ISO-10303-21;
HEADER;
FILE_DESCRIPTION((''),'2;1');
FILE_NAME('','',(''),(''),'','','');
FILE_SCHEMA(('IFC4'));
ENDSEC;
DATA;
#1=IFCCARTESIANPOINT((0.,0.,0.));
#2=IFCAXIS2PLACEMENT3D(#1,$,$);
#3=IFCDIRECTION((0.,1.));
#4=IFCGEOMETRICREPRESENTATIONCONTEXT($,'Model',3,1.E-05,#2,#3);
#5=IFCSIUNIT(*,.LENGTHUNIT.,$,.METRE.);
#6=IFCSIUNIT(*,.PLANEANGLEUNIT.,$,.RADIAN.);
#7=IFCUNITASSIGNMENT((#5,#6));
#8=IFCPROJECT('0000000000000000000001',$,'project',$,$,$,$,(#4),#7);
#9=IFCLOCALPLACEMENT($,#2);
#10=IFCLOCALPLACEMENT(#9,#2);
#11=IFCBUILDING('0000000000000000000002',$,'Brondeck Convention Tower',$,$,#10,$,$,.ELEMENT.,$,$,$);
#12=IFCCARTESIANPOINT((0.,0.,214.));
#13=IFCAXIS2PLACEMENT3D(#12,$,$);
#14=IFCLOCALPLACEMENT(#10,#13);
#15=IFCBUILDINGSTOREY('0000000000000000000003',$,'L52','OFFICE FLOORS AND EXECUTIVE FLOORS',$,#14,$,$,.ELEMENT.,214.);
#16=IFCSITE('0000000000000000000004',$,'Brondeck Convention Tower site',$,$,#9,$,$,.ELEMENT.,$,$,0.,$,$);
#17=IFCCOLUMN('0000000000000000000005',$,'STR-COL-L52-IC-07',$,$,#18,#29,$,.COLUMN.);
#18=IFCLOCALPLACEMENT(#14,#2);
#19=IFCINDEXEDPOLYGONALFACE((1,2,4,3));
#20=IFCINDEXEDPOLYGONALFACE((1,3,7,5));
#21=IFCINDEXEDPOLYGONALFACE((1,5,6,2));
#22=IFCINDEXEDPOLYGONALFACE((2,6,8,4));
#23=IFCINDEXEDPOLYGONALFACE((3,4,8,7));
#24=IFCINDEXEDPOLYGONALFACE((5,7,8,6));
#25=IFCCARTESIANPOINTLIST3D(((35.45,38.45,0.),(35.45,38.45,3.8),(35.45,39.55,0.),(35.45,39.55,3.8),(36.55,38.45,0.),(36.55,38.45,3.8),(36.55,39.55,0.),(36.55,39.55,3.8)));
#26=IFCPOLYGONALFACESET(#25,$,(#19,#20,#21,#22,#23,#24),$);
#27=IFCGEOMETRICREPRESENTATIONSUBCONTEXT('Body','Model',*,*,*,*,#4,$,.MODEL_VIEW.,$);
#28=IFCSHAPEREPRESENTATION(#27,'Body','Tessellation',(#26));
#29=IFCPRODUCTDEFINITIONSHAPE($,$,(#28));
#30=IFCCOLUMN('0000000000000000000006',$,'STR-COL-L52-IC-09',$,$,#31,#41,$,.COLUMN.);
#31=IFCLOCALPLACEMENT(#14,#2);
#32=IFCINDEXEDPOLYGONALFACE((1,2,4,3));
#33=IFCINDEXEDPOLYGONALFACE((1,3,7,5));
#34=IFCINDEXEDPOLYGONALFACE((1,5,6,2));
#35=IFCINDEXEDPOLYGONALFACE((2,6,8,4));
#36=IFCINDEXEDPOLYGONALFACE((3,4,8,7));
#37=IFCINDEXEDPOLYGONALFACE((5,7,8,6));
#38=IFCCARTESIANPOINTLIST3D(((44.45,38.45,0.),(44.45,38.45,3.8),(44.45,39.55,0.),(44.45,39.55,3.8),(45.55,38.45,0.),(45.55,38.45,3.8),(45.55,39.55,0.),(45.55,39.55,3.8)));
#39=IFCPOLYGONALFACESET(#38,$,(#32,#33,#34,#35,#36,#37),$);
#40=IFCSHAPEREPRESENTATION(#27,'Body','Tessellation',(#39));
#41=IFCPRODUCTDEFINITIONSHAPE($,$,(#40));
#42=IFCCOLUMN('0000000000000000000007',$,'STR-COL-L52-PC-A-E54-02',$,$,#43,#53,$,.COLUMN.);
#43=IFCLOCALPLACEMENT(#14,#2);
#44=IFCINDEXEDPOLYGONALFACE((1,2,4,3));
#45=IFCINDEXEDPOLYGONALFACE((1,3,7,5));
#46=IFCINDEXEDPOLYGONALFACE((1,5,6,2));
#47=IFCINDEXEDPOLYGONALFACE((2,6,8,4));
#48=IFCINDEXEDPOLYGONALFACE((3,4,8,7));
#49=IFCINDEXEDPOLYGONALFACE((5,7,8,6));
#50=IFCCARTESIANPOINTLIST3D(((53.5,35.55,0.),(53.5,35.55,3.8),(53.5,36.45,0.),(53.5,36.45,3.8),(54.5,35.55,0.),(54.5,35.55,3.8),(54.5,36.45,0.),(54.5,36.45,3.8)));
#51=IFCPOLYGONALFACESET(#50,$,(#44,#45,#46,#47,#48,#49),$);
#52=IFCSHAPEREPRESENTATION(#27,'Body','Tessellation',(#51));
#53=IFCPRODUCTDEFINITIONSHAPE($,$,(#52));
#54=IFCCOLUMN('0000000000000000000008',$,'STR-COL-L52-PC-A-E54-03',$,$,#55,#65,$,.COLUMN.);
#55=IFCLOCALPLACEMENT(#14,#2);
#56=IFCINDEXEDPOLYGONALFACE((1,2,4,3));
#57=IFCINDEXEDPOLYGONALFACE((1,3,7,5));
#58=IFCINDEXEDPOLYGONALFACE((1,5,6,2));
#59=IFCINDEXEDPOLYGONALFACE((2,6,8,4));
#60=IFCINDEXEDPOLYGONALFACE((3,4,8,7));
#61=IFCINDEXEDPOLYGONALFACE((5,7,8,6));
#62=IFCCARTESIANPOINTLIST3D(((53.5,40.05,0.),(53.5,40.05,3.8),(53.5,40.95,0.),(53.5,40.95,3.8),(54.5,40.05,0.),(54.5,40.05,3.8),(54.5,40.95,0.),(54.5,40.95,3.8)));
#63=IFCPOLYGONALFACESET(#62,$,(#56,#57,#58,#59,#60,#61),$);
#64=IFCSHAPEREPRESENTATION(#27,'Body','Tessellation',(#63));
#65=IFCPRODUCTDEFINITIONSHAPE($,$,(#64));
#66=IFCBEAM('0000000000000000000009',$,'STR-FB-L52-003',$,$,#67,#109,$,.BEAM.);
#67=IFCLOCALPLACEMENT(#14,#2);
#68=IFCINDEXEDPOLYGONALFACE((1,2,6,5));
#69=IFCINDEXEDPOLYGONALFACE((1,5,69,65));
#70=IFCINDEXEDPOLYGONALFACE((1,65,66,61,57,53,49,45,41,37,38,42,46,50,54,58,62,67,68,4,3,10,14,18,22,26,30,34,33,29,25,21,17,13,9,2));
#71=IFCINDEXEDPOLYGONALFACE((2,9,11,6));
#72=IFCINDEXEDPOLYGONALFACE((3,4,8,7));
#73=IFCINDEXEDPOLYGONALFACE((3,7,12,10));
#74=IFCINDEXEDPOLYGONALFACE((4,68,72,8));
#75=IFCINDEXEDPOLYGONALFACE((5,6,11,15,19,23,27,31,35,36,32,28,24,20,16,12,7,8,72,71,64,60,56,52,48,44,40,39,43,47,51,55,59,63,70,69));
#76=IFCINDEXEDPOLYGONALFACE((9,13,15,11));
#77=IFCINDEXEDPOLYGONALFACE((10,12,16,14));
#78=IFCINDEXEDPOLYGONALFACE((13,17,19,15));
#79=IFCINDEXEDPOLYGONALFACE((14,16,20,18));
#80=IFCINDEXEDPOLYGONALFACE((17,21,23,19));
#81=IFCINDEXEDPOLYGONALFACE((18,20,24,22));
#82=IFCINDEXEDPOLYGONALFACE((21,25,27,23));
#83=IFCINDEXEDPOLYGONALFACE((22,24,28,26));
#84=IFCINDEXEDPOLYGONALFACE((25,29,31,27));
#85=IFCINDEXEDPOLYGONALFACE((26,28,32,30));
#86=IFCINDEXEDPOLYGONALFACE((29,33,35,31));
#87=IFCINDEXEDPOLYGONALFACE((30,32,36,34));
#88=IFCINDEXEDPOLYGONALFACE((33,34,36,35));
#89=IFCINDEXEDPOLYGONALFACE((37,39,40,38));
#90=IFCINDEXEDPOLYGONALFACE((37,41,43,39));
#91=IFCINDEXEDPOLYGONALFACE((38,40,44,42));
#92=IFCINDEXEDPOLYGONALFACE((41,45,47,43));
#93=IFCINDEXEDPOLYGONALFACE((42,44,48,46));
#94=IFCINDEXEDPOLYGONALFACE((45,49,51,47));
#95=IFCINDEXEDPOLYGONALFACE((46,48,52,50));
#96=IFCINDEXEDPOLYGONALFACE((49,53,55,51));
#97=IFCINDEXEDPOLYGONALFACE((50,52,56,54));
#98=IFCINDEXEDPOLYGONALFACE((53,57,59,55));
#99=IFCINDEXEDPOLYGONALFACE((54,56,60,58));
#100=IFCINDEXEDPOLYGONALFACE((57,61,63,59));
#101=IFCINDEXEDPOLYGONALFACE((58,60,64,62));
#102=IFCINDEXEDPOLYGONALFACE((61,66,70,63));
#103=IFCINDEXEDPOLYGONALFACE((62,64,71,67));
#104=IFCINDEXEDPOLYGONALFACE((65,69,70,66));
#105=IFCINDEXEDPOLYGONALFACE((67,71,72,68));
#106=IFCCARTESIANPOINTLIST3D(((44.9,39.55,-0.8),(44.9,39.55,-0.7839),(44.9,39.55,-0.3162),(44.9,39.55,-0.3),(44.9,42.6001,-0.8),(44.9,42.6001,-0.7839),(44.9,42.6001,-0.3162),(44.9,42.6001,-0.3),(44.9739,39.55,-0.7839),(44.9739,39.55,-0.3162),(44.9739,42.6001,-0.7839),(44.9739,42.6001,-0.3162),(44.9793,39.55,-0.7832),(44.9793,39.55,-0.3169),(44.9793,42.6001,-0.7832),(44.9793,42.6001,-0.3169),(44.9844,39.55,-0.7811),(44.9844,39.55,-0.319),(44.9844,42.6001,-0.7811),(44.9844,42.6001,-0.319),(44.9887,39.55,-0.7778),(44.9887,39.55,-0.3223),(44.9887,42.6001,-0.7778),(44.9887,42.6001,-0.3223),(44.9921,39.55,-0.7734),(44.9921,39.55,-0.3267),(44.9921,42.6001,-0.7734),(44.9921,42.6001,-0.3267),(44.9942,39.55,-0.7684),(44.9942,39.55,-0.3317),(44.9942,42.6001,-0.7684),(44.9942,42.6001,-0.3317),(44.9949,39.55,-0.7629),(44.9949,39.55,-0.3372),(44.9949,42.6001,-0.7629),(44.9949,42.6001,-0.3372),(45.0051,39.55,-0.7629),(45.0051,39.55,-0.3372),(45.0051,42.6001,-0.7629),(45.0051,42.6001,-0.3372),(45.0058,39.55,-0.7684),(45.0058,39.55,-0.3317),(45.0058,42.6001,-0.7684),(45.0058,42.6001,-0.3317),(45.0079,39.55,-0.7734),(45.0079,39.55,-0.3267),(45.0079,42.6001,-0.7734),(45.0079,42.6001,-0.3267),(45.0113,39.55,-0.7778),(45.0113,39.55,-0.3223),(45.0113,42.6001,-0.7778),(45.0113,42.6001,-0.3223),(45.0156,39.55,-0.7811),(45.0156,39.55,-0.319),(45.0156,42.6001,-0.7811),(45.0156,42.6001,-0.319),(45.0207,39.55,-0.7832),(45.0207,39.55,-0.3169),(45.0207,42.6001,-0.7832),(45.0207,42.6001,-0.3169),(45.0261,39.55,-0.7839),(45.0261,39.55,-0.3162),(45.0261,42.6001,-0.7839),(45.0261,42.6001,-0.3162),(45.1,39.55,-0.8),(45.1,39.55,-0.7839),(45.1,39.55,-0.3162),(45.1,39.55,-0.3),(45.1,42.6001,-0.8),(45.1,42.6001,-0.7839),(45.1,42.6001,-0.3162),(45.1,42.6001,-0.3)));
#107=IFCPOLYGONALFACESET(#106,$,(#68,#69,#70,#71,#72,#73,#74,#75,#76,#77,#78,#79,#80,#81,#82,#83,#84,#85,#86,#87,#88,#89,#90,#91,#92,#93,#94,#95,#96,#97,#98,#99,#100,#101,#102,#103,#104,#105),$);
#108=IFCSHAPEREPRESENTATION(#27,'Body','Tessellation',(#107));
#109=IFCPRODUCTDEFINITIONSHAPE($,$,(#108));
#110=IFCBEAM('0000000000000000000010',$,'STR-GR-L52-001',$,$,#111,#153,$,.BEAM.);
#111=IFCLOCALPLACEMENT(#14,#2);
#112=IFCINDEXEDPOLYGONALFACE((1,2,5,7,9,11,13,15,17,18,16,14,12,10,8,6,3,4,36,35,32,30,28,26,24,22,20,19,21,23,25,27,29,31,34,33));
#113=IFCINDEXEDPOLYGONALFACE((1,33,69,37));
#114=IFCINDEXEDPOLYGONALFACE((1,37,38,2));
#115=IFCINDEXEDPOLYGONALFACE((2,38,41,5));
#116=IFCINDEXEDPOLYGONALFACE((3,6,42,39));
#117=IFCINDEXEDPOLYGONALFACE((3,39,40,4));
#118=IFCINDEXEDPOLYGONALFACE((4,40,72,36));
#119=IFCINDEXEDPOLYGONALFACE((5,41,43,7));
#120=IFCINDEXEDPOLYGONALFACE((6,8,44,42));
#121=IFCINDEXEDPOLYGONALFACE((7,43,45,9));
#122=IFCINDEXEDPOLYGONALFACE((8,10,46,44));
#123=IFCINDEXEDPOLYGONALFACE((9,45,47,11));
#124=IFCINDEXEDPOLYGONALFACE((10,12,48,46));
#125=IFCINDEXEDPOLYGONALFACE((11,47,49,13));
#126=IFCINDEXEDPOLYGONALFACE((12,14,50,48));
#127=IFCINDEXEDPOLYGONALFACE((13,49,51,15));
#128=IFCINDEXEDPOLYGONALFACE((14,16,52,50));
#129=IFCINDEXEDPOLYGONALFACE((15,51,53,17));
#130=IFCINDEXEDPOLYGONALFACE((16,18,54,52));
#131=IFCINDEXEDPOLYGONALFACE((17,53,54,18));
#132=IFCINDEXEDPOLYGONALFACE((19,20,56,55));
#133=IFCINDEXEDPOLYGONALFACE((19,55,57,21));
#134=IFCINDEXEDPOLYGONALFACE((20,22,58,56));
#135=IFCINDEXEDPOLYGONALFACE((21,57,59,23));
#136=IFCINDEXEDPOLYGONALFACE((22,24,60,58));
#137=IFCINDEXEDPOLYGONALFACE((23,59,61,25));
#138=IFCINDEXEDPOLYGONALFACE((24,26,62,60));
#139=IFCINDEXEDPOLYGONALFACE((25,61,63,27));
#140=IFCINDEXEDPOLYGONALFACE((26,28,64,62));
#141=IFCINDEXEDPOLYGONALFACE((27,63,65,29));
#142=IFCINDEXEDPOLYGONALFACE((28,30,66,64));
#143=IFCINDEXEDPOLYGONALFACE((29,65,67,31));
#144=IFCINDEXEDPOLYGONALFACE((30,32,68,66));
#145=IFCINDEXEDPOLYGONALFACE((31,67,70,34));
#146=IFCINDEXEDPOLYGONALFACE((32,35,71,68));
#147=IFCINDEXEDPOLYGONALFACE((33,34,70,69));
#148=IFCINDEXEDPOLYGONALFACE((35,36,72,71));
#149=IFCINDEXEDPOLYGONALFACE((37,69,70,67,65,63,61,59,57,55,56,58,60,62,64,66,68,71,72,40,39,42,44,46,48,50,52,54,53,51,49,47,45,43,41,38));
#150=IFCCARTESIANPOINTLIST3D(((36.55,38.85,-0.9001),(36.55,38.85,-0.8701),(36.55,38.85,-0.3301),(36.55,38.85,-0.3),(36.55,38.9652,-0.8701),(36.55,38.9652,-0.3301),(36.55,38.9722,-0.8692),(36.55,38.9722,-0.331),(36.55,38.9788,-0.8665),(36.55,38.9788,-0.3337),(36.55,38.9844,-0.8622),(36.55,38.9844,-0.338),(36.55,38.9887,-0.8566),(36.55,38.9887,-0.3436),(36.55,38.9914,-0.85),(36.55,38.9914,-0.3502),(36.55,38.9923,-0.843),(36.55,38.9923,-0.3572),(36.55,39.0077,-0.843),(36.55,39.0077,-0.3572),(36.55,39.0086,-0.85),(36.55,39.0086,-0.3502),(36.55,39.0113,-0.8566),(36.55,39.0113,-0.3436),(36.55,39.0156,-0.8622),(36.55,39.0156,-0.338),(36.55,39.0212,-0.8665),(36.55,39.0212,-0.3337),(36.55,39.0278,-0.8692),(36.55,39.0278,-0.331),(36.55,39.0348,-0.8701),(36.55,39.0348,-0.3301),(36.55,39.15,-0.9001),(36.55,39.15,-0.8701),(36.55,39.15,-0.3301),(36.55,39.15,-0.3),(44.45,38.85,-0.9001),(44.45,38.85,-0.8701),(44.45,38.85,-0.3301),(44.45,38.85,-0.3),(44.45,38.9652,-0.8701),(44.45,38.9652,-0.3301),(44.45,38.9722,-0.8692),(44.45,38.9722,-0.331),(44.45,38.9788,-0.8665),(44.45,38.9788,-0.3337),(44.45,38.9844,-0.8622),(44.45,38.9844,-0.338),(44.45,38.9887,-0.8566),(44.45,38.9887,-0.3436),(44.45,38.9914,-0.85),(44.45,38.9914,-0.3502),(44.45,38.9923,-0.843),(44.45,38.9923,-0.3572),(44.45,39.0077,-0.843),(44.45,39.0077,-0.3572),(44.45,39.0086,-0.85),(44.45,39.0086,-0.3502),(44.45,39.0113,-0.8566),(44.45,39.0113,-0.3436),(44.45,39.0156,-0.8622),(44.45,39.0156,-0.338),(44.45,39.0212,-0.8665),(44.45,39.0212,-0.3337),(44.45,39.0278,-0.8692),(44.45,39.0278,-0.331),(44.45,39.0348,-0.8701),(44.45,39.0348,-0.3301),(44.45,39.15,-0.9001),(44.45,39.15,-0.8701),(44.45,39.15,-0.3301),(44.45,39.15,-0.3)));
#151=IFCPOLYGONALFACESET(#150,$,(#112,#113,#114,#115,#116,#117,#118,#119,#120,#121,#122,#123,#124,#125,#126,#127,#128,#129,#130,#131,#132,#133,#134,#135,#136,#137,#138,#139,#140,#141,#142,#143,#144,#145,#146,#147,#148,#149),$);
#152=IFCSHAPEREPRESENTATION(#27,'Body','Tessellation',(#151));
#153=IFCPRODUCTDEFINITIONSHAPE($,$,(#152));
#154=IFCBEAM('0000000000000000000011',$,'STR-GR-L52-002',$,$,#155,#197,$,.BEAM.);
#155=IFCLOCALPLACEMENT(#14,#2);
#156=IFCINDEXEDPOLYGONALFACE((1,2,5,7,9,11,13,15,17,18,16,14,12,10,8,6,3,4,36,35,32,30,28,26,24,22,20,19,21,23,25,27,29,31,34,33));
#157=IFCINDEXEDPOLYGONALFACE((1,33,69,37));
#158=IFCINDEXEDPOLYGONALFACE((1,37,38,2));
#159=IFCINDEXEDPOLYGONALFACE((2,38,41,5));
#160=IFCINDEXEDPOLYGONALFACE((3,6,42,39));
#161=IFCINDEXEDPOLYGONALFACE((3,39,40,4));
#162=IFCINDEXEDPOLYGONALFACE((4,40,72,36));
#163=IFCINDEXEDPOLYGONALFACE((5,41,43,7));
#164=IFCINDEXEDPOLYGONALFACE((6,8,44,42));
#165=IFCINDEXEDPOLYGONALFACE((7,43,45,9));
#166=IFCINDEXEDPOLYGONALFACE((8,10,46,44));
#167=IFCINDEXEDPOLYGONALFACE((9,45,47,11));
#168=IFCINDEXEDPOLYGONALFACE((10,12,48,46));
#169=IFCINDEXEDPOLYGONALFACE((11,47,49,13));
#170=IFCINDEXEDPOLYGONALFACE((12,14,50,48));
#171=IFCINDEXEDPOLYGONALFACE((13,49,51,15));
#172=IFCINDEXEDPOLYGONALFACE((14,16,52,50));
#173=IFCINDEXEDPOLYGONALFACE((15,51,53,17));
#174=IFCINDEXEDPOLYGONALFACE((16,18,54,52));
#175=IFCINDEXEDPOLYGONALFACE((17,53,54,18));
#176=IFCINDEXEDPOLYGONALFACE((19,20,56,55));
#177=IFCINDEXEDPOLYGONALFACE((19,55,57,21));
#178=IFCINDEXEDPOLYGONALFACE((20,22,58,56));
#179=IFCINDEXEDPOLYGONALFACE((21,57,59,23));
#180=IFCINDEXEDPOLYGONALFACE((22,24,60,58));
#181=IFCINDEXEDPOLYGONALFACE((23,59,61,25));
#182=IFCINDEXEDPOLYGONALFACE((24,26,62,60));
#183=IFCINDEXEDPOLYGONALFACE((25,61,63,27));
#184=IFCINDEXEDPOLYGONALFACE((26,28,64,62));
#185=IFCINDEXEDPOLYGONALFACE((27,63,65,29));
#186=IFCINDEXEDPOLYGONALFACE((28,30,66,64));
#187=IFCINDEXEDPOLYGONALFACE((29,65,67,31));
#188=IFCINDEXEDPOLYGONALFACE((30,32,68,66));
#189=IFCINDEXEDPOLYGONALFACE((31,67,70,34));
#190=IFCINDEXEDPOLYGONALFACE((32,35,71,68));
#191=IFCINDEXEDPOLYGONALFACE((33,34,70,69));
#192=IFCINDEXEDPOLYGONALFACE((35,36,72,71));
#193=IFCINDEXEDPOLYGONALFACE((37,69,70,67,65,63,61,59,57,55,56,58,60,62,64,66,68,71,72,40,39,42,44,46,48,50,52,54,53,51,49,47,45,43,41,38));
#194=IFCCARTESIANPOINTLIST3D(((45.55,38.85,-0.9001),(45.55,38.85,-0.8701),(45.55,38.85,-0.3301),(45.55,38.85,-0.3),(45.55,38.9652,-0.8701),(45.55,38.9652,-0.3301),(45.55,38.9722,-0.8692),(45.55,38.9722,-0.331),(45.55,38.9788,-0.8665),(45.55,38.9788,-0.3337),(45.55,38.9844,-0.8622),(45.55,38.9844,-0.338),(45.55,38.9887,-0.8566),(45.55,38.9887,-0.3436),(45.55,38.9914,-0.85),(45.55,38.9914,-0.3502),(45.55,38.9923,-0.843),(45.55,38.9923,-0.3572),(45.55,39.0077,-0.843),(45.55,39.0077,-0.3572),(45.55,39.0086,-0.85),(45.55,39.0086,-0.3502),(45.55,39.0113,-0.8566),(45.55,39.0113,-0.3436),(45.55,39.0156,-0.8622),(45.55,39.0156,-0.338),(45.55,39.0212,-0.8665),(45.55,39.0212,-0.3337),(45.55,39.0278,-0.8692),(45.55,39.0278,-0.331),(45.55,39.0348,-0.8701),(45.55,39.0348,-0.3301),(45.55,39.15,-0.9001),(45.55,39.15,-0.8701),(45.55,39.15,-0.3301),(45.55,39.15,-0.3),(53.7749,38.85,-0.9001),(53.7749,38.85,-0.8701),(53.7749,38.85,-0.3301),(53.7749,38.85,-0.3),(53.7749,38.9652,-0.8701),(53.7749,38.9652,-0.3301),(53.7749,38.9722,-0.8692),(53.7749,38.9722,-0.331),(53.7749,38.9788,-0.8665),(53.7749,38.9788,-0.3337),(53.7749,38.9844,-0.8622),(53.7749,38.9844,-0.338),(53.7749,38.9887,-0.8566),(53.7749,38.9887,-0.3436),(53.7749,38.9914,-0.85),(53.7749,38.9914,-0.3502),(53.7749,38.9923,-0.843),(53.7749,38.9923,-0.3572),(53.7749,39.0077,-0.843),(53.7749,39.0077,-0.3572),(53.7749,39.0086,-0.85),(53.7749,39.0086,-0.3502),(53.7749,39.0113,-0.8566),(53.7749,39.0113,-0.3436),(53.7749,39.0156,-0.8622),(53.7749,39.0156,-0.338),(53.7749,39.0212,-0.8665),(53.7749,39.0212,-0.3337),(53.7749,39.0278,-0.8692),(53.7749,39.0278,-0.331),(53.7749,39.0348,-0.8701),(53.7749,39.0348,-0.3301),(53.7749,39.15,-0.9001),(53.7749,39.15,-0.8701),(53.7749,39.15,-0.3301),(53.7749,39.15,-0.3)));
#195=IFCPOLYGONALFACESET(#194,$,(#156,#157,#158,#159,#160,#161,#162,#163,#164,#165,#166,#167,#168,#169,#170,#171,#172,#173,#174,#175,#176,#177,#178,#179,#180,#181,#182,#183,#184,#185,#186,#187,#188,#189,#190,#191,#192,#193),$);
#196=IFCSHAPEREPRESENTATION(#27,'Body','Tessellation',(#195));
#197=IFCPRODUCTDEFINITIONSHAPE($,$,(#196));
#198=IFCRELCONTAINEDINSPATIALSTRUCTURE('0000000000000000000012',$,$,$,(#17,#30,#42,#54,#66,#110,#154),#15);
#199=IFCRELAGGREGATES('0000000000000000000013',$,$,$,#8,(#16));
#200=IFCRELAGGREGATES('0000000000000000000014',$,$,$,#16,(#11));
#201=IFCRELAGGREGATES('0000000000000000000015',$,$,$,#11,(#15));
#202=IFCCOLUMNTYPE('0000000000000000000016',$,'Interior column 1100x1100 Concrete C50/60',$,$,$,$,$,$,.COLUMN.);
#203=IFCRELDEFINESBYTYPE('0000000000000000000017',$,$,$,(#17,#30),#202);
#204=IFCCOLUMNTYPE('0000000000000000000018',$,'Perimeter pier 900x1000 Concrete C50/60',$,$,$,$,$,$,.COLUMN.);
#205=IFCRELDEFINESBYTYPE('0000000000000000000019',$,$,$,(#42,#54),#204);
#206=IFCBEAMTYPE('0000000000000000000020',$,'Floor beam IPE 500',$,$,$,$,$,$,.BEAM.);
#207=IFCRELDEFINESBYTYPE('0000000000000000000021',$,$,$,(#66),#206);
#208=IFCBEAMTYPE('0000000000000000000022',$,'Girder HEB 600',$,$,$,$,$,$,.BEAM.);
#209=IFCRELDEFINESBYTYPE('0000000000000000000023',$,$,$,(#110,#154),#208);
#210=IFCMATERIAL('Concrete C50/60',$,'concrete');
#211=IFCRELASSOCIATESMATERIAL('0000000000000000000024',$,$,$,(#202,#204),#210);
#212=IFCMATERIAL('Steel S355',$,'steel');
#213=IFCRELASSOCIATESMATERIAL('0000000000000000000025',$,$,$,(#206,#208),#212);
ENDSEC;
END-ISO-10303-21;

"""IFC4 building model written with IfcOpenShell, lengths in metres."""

from ifc_helpers import new_model, si_unit, direction, frame, origin, origin_2d, place, context, subcontext, project, spatial, rectangle, i_section, extrude, material, material_profile, profile_set, type_object, element, save


model = new_model("IFC4")

# Units and contexts
model_context = context("Model", 3, precision=1e-05, world=origin(), true_north=direction((0.0, 1.0)))
body_context = subcontext(model_context, "Body", "Model", "MODEL_VIEW")
ifc_project = project(units=[si_unit("LENGTHUNIT", "METRE"), si_unit("PLANEANGLEUNIT", "RADIAN")], contexts=[model_context])

# Site, building, storey
site_placement = place(None, origin())
site = spatial("IfcSite", under=ifc_project, at=site_placement, Name="Brondeck Convention Tower site", CompositionType="ELEMENT", RefElevation=0.0)
building_placement = place(site_placement, origin())
building = spatial("IfcBuilding", under=site, at=building_placement, Name="Brondeck Convention Tower", CompositionType="ELEMENT")
storey_placement = place(building_placement, frame((0.0, 0.0, 214.0)))
storey = spatial("IfcBuildingStorey", under=building, at=storey_placement, Name="L52", Description="OFFICE FLOORS AND EXECUTIVE FLOORS", CompositionType="ELEMENT", Elevation=214.0)

# Columns
ifc_material_1 = material(Name="Concrete C50/60", Category="concrete")
ifc_material_profile_1 = material_profile(ifc_material_1, rectangle(XDim=1.1001, YDim=1.1001, at=origin_2d()), Name="Interior column 1100x1100 Concrete C50/60")
ifc_profile_set_1 = profile_set([ifc_material_profile_1], Name="Concrete C50/60")
column_type_1 = type_object("IfcColumnType", Name="Interior column 1100x1100 Concrete C50/60", PredefinedType="COLUMN", material=ifc_profile_set_1)
for number, where, z_axis, x_axis, name in (
    (1, (36.0, 39.0, 0.0), (0.0, 0.0, 1.0), (1.0, 0.0, 0.0), "STR-COL-L52-IC-07"),
    (2, (45.0, 39.0, 0.0), (0.0, 0.0, 1.0), (1.0, 0.0, 0.0), "STR-COL-L52-IC-09"),
):
    element("IfcColumn", number, at=place(storey_placement, frame(where, z_axis=z_axis, x_axis=x_axis)), inside=storey, type_object=column_type_1, Name=name, PredefinedType="COLUMN", context=body_context, shape_type="SweptSolid", body=[
        extrude(rectangle(XDim=1.1001, YDim=1.1001, at=origin_2d()), origin(), (0.0, 0.0, 1.0), 3.8),
    ])
ifc_material_profile_2 = material_profile(ifc_material_1, rectangle(XDim=0.8999, YDim=1.0, at=origin_2d()), Name="Perimeter pier 900x1000 Concrete C50/60")
ifc_profile_set_2 = profile_set([ifc_material_profile_2], Name="Concrete C50/60")
column_type_2 = type_object("IfcColumnType", Name="Perimeter pier 900x1000 Concrete C50/60", PredefinedType="COLUMN", material=ifc_profile_set_2)
for number, where, z_axis, x_axis, name in (
    (3, (54.0, 36.0, 0.0), (0.0, 0.0, 1.0), (0.0, 1.0, 0.0), "STR-COL-L52-PC-A-E54-02"),
    (4, (54.0, 40.5, 0.0), (0.0, 0.0, 1.0), (0.0, 1.0, 0.0), "STR-COL-L52-PC-A-E54-03"),
):
    element("IfcColumn", number, at=place(storey_placement, frame(where, z_axis=z_axis, x_axis=x_axis)), inside=storey, type_object=column_type_2, Name=name, PredefinedType="COLUMN", context=body_context, shape_type="SweptSolid", body=[
        extrude(rectangle(XDim=0.8999, YDim=1.0, at=origin_2d()), origin(), (0.0, 0.0, 1.0), 3.8),
    ])

# Beams
ifc_material_2 = material(Name="Steel S355", Category="steel")
ifc_material_profile_3 = material_profile(ifc_material_2, i_section(OverallWidth=0.2, OverallDepth=0.5, WebThickness=0.0103, FlangeThickness=0.0161, FilletRadius=0.021, at=origin_2d()), Name="IPE 500")
ifc_profile_set_3 = profile_set([ifc_material_profile_3], Name="Steel S355")
beam_type_1 = type_object("IfcBeamType", Name="Floor beam IPE 500", PredefinedType="BEAM", material=ifc_profile_set_3)
beam_1_placement = place(storey_placement, frame((45.0, 39.55, -0.55), z_axis=(0.0, 1.0, 0.0), x_axis=(-1.0, 0.0, 0.0)))
element("IfcBeam", 5, at=beam_1_placement, inside=storey, type_object=beam_type_1, Name="STR-FB-L52-003", PredefinedType="BEAM", context=body_context, shape_type="SweptSolid", body=[
    extrude(i_section(OverallWidth=0.2, OverallDepth=0.5, WebThickness=0.0103, FlangeThickness=0.0161, FilletRadius=0.021, at=origin_2d()), origin(), (0.0, 0.0, 1.0), 3.05),
])
ifc_material_profile_4 = material_profile(ifc_material_2, i_section(OverallWidth=0.3, OverallDepth=0.6001, WebThickness=0.0154, FlangeThickness=0.03, FilletRadius=0.0271, at=origin_2d()), Name="HEB 600")
ifc_profile_set_4 = profile_set([ifc_material_profile_4], Name="Steel S355")
beam_type_2 = type_object("IfcBeamType", Name="Girder HEB 600", PredefinedType="BEAM", material=ifc_profile_set_4)
beam_2_placement = place(storey_placement, frame((36.55, 39.0, -0.6001), z_axis=(1.0, 0.0, 0.0), x_axis=(0.0, 1.0, 0.0)))
element("IfcBeam", 6, at=beam_2_placement, inside=storey, type_object=beam_type_2, Name="STR-GR-L52-001", PredefinedType="BEAM", context=body_context, shape_type="SweptSolid", body=[
    extrude(i_section(OverallWidth=0.3, OverallDepth=0.6001, WebThickness=0.0154, FlangeThickness=0.03, FilletRadius=0.0271, at=origin_2d()), origin(), (0.0, 0.0, 1.0), 7.8999),
])
beam_3_placement = place(storey_placement, frame((45.55, 39.0, -0.6001), z_axis=(1.0, 0.0, 0.0), x_axis=(0.0, 1.0, 0.0)))
element("IfcBeam", 7, at=beam_3_placement, inside=storey, type_object=beam_type_2, Name="STR-GR-L52-002", PredefinedType="BEAM", context=body_context, shape_type="SweptSolid", body=[
    extrude(i_section(OverallWidth=0.3, OverallDepth=0.6001, WebThickness=0.0154, FlangeThickness=0.03, FilletRadius=0.0271, at=origin_2d()), origin(), (0.0, 0.0, 1.0), 8.2249),
])

save(model, "model.ifc")
